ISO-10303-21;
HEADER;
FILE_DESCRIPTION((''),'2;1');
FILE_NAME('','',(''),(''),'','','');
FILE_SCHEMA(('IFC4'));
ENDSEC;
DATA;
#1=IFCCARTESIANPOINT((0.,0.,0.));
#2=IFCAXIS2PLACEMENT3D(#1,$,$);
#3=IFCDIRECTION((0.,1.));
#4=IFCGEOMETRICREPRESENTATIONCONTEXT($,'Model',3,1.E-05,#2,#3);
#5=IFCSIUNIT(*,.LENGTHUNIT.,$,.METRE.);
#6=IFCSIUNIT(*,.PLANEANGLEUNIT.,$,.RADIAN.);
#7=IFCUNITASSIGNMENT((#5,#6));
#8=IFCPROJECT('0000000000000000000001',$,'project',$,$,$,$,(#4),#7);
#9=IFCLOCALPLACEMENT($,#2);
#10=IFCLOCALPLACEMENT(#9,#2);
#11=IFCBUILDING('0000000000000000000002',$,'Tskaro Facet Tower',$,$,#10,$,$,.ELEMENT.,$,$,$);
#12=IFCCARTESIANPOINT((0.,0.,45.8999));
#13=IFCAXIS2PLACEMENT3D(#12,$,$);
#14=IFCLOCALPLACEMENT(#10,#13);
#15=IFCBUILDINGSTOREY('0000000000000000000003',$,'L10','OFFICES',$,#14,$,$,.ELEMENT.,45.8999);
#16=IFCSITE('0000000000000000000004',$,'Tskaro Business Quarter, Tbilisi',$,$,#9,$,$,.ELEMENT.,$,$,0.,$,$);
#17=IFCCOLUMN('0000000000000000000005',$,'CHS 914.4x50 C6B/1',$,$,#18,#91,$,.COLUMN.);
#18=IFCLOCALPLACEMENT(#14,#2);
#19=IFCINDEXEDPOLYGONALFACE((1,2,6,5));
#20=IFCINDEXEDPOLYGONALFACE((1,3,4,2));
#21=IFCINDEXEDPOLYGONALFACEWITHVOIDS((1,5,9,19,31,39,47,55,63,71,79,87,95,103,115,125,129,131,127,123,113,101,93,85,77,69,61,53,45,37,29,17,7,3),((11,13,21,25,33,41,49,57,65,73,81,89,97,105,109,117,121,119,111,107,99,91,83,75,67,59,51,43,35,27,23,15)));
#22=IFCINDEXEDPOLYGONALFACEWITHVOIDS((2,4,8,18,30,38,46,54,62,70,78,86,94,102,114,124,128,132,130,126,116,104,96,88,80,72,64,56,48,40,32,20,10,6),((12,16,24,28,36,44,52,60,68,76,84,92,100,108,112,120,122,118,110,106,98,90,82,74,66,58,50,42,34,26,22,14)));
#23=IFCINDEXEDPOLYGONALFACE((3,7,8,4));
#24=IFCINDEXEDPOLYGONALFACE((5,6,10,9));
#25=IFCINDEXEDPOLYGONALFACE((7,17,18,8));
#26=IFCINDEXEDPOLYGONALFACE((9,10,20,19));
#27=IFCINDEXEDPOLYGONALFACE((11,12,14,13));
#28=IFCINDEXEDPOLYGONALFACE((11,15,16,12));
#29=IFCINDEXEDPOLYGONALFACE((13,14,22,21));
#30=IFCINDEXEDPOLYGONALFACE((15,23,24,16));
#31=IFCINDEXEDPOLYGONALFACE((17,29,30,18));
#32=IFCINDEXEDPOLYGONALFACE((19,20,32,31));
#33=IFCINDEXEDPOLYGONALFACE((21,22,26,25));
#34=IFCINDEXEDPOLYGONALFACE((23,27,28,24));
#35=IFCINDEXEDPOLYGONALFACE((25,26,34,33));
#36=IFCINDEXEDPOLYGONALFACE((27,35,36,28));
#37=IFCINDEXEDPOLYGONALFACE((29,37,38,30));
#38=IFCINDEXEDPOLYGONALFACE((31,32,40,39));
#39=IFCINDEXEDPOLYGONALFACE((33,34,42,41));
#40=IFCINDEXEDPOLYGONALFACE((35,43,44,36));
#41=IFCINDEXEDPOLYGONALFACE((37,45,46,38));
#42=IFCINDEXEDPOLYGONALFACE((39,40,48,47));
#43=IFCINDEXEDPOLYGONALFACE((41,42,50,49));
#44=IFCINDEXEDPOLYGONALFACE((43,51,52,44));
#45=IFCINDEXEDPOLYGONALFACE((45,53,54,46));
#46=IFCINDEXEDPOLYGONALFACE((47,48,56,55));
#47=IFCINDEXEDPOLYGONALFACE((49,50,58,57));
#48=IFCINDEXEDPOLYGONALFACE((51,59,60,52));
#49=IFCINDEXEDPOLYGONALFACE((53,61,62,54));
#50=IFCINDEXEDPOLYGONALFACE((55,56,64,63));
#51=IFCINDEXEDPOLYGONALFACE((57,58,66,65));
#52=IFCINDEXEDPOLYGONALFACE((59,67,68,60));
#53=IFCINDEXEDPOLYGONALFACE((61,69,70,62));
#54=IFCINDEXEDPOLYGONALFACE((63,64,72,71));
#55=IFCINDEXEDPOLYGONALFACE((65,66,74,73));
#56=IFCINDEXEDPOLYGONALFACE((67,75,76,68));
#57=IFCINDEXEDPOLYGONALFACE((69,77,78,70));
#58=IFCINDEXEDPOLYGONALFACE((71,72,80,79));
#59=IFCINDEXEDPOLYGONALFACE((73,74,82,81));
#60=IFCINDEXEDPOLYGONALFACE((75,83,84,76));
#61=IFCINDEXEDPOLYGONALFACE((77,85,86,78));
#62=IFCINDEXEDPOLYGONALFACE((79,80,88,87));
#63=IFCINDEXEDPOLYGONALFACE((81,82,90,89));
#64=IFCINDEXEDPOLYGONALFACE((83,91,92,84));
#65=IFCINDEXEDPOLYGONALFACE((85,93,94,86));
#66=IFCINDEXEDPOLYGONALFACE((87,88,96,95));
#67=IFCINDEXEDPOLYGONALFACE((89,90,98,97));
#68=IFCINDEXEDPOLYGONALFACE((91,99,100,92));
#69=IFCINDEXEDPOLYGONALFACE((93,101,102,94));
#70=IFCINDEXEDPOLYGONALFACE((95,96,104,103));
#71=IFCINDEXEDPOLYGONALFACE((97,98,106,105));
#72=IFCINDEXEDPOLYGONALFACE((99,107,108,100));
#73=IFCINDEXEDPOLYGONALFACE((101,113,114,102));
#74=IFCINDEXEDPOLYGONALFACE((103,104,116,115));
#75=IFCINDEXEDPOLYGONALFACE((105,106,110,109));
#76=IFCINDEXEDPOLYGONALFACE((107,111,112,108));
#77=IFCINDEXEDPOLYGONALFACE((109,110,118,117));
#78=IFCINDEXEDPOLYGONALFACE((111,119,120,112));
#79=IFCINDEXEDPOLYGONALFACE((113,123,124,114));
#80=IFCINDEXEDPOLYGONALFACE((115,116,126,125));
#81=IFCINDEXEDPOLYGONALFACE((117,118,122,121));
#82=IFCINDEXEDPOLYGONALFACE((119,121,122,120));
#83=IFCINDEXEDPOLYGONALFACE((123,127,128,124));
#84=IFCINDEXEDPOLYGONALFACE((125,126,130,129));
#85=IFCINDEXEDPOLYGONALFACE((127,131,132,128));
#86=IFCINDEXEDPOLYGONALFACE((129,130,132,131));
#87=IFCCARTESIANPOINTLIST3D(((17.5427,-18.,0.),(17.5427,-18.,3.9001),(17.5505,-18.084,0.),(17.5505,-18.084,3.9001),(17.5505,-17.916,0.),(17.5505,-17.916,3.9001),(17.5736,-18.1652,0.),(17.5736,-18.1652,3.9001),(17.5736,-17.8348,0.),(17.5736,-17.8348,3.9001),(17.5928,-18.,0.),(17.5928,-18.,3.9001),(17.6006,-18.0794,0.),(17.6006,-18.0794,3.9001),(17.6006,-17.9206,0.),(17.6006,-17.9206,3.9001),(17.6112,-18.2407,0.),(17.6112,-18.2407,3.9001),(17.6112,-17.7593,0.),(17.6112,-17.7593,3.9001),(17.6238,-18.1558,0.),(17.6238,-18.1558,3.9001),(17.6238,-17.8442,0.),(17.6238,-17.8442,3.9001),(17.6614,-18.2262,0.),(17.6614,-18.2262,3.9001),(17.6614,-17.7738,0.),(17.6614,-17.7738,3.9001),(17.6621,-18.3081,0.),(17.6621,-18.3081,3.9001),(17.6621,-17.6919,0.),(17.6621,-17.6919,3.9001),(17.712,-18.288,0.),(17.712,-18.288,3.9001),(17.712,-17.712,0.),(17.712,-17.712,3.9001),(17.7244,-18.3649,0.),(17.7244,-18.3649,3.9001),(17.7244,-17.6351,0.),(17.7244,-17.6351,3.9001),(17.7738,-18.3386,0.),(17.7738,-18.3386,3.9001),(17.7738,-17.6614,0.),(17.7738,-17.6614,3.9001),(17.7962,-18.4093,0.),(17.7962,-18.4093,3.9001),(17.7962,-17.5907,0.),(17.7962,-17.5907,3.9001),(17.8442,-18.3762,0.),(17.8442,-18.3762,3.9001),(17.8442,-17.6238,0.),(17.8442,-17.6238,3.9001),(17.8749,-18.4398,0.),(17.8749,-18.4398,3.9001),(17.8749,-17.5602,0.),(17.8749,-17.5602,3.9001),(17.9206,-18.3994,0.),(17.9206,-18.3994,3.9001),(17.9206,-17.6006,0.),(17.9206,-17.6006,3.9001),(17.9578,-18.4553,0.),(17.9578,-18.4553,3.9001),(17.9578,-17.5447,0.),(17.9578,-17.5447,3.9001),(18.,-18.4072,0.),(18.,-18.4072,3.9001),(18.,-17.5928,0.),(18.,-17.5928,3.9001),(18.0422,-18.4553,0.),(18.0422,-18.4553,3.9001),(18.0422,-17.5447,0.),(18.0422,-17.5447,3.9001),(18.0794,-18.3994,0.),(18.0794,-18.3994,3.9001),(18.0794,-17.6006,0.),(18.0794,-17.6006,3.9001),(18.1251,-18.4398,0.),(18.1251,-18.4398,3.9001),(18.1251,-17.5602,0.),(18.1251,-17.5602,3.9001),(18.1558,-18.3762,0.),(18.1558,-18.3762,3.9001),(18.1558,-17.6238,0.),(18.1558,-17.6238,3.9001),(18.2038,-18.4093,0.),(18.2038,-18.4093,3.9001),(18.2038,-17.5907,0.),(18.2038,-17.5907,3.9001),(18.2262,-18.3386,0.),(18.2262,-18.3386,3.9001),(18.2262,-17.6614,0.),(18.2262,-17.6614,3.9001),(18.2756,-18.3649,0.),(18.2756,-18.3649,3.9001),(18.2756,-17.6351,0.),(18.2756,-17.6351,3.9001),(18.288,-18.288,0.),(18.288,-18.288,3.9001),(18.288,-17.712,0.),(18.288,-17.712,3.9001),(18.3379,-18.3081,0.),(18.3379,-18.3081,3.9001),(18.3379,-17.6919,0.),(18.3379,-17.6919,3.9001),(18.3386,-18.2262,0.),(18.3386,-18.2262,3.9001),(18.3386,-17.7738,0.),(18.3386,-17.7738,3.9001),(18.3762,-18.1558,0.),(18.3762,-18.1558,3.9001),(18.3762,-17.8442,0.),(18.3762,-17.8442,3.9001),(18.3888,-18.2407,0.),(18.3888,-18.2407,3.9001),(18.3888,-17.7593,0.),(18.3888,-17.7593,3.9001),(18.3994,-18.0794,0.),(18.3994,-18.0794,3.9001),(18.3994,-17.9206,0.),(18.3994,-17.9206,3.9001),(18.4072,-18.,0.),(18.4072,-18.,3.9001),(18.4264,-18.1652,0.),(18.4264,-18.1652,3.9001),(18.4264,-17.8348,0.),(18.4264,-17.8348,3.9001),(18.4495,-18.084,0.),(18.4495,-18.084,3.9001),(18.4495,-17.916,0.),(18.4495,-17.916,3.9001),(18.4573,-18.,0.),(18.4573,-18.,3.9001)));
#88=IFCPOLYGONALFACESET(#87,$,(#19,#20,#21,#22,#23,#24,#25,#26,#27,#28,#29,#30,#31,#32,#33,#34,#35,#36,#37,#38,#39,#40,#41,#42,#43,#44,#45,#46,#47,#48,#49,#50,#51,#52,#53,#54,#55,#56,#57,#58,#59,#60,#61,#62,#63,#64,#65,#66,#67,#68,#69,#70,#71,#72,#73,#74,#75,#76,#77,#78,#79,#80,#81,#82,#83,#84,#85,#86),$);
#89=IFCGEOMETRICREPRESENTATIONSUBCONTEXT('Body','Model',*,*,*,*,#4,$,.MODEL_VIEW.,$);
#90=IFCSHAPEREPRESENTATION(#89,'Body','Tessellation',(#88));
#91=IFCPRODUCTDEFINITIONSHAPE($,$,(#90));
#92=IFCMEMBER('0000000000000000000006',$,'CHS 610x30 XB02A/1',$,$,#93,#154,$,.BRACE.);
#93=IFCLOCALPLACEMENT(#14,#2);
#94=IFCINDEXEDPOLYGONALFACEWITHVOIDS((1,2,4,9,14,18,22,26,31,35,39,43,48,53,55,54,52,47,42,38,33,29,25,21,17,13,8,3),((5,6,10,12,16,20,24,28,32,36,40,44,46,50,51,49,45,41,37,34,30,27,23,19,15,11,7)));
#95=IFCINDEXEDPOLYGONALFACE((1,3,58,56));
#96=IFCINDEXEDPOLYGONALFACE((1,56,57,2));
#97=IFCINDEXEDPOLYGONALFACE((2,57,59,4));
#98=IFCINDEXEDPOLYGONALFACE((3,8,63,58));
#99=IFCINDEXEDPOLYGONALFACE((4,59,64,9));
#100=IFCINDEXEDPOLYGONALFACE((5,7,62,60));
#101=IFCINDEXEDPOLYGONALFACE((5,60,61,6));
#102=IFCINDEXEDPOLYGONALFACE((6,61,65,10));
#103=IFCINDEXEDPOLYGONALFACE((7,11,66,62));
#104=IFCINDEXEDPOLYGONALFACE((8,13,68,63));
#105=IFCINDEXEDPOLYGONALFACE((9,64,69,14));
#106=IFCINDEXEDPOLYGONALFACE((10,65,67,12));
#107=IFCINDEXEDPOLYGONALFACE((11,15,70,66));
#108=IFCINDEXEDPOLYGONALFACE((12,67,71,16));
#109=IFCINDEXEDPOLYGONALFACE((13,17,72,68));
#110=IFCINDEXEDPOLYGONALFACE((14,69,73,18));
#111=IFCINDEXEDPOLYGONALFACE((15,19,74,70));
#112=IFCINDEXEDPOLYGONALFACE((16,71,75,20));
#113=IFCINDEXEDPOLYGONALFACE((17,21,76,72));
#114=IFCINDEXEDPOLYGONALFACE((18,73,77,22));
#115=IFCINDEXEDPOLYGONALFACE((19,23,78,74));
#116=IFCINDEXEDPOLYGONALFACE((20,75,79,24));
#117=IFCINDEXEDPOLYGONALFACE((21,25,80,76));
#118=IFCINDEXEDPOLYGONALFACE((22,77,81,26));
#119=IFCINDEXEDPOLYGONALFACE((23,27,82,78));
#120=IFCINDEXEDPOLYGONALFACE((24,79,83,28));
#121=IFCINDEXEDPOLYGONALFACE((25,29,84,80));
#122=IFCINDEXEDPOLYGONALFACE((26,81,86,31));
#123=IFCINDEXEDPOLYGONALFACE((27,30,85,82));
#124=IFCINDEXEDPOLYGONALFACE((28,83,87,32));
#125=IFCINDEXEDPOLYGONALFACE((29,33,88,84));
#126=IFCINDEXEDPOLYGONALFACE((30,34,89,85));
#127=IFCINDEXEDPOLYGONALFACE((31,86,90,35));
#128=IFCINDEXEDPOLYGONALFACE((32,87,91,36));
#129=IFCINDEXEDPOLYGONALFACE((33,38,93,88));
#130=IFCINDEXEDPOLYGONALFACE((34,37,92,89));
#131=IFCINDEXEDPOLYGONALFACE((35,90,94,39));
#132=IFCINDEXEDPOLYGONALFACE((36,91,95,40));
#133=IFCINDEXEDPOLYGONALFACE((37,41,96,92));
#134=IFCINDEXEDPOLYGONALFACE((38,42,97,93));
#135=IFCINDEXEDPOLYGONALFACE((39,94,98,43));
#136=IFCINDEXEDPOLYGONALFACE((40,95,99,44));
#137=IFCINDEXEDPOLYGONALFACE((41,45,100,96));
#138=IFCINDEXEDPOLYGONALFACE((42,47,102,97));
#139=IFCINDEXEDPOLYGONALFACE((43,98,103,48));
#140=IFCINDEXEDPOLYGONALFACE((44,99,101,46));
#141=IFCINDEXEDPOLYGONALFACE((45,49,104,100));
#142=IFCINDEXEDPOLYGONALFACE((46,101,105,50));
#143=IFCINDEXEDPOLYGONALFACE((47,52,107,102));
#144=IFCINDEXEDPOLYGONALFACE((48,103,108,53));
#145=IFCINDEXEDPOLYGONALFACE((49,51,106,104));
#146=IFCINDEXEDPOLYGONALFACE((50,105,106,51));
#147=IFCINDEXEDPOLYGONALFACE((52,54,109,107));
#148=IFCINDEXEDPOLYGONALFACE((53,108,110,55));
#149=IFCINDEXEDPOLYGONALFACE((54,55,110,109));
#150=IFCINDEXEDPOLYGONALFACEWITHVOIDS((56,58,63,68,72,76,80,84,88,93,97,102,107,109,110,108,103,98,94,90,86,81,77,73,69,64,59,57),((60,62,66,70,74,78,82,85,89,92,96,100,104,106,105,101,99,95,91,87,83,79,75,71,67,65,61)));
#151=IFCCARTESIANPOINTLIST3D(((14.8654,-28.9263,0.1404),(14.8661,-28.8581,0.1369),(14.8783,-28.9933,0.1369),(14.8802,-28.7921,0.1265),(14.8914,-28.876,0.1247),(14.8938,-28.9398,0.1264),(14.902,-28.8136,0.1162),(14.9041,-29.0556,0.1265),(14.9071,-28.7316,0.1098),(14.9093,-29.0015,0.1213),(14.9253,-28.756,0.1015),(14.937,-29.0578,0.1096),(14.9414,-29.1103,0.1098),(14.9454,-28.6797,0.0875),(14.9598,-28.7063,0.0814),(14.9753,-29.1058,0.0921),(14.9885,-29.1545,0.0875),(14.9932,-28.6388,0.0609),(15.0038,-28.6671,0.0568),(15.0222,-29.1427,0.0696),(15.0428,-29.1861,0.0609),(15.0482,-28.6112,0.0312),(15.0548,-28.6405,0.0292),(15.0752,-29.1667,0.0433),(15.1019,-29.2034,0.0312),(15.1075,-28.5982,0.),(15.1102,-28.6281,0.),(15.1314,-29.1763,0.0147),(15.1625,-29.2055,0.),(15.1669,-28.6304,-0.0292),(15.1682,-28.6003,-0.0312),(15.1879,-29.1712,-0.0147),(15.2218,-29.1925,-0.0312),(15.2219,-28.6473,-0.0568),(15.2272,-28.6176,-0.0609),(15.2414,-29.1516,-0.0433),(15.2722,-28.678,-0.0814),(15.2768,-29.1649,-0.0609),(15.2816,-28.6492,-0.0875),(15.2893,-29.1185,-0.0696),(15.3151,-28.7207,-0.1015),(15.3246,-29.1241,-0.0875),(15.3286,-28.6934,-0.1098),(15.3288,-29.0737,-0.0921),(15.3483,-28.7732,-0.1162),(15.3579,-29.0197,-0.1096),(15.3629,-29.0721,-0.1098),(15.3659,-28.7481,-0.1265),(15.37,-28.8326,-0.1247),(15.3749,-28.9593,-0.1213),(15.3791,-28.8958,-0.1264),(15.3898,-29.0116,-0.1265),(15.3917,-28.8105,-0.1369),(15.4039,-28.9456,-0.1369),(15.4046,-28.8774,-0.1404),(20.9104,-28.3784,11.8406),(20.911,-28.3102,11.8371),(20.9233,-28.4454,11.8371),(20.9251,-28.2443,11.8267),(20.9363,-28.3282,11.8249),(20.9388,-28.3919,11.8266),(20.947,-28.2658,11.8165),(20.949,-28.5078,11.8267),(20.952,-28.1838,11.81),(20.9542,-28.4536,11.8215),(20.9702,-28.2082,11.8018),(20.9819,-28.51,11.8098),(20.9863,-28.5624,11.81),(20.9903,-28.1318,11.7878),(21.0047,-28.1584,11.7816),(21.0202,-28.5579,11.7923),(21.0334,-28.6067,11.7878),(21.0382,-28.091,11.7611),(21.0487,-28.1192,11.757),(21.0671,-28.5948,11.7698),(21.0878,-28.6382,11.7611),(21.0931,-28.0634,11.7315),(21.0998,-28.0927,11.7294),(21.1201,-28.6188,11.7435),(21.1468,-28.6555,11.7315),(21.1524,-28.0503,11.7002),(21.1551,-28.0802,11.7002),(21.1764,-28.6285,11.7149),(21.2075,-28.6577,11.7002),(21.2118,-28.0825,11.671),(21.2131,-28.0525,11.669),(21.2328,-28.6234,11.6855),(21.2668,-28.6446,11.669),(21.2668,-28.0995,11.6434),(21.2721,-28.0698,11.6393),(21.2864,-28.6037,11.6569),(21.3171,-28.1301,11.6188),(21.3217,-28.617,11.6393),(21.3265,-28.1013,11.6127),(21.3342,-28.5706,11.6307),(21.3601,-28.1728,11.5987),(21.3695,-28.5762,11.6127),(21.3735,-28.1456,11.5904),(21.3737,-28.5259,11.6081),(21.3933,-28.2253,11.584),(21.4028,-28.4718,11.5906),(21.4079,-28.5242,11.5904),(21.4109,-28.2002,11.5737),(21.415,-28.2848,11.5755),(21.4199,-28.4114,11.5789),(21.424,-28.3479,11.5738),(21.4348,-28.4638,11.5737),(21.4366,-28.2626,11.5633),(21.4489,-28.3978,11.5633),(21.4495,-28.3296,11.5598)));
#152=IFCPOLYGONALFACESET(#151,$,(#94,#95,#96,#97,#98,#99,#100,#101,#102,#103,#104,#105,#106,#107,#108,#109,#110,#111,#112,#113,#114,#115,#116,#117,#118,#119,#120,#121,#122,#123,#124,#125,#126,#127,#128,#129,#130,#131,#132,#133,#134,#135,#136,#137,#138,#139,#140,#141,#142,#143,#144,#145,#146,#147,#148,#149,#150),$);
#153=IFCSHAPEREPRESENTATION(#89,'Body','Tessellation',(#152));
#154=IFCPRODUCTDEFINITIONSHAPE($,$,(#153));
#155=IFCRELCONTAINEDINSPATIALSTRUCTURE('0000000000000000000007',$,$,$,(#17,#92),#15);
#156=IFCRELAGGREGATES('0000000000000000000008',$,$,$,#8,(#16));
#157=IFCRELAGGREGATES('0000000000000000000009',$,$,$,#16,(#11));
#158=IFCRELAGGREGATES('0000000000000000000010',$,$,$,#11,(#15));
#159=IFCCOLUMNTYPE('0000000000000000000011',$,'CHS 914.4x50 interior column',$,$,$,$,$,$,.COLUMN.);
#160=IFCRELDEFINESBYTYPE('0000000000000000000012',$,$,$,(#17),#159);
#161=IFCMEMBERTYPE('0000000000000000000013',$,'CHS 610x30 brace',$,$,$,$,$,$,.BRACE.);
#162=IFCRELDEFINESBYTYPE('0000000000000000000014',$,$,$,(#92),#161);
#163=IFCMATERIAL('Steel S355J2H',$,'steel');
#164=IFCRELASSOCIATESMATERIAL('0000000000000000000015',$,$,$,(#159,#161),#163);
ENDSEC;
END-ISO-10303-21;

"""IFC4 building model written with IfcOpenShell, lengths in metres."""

from ifc_helpers import new_model, si_unit, direction, frame, origin, origin_2d, place, context, subcontext, project, spatial, hollow_circle, extrude, material, material_profile, profile_set, type_object, element, save


model = new_model("IFC4")

# Units and contexts
model_context = context("Model", 3, precision=1e-05, world=origin(), true_north=direction((0.0, 1.0)))
body_context = subcontext(model_context, "Body", "Model", "MODEL_VIEW")
ifc_project = project(units=[si_unit("LENGTHUNIT", "METRE"), si_unit("PLANEANGLEUNIT", "RADIAN")], contexts=[model_context])

# Site, building, storey
site_placement = place(None, origin())
site = spatial("IfcSite", under=ifc_project, at=site_placement, Name="Tskaro Business Quarter, Tbilisi", CompositionType="ELEMENT", RefElevation=0.0)
building_placement = place(site_placement, origin())
building = spatial("IfcBuilding", under=site, at=building_placement, Name="Tskaro Facet Tower", CompositionType="ELEMENT")
storey_placement = place(building_placement, frame((0.0, 0.0, 45.8999)))
storey = spatial("IfcBuildingStorey", under=building, at=storey_placement, Name="L10", Description="OFFICES", CompositionType="ELEMENT", Elevation=45.8999)

# Column
ifc_material_1 = material(Name="Steel S355J2H", Category="steel")
ifc_material_profile_1 = material_profile(ifc_material_1, hollow_circle(Radius=0.4573, WallThickness=0.05, at=origin_2d()), Name="CHS 914.4x50")
ifc_profile_set_1 = profile_set([ifc_material_profile_1], Name="Steel S355J2H")
column_type_1 = type_object("IfcColumnType", Name="CHS 914.4x50 interior column", PredefinedType="COLUMN", material=ifc_profile_set_1)
column_placement = place(storey_placement, frame((18.0, -18.0, 0.0), z_axis=(0.0, 0.0, 1.0), x_axis=(1.0, 0.0, 0.0)))
element("IfcColumn", 1, at=column_placement, inside=storey, type_object=column_type_1, Name="CHS 914.4x50 C6B/1", PredefinedType="COLUMN", context=body_context, shape_type="SweptSolid", body=[
    extrude(hollow_circle(Radius=0.4573, WallThickness=0.05, at=origin_2d()), origin(), (0.0, 0.0, 1.0), 3.9001),
])

# Member
ifc_material_profile_2 = material_profile(ifc_material_1, hollow_circle(Radius=0.3049, WallThickness=0.03, at=origin_2d()), Name="CHS 610x30")
ifc_profile_set_2 = profile_set([ifc_material_profile_2], Name="Steel S355J2H")
member_type_1 = type_object("IfcMemberType", Name="CHS 610x30 brace", PredefinedType="BRACE", material=ifc_profile_set_2)
member_1_placement = place(storey_placement, frame((15.135, -28.9019, 0.0), z_axis=(0.458613, 0.041564, 0.887664), x_axis=(-0.09026, 0.995918, 0.0)))
element("IfcMember", 2, at=member_1_placement, inside=storey, type_object=member_type_1, Name="CHS 610x30 XB02A/1", PredefinedType="BRACE", context=body_context, shape_type="SweptSolid", body=[
    extrude(hollow_circle(Radius=0.3049, WallThickness=0.03, at=origin_2d()), origin(), (0.0, 0.0, 1.0), 13.1809),
])

save(model, "model.ifc")
